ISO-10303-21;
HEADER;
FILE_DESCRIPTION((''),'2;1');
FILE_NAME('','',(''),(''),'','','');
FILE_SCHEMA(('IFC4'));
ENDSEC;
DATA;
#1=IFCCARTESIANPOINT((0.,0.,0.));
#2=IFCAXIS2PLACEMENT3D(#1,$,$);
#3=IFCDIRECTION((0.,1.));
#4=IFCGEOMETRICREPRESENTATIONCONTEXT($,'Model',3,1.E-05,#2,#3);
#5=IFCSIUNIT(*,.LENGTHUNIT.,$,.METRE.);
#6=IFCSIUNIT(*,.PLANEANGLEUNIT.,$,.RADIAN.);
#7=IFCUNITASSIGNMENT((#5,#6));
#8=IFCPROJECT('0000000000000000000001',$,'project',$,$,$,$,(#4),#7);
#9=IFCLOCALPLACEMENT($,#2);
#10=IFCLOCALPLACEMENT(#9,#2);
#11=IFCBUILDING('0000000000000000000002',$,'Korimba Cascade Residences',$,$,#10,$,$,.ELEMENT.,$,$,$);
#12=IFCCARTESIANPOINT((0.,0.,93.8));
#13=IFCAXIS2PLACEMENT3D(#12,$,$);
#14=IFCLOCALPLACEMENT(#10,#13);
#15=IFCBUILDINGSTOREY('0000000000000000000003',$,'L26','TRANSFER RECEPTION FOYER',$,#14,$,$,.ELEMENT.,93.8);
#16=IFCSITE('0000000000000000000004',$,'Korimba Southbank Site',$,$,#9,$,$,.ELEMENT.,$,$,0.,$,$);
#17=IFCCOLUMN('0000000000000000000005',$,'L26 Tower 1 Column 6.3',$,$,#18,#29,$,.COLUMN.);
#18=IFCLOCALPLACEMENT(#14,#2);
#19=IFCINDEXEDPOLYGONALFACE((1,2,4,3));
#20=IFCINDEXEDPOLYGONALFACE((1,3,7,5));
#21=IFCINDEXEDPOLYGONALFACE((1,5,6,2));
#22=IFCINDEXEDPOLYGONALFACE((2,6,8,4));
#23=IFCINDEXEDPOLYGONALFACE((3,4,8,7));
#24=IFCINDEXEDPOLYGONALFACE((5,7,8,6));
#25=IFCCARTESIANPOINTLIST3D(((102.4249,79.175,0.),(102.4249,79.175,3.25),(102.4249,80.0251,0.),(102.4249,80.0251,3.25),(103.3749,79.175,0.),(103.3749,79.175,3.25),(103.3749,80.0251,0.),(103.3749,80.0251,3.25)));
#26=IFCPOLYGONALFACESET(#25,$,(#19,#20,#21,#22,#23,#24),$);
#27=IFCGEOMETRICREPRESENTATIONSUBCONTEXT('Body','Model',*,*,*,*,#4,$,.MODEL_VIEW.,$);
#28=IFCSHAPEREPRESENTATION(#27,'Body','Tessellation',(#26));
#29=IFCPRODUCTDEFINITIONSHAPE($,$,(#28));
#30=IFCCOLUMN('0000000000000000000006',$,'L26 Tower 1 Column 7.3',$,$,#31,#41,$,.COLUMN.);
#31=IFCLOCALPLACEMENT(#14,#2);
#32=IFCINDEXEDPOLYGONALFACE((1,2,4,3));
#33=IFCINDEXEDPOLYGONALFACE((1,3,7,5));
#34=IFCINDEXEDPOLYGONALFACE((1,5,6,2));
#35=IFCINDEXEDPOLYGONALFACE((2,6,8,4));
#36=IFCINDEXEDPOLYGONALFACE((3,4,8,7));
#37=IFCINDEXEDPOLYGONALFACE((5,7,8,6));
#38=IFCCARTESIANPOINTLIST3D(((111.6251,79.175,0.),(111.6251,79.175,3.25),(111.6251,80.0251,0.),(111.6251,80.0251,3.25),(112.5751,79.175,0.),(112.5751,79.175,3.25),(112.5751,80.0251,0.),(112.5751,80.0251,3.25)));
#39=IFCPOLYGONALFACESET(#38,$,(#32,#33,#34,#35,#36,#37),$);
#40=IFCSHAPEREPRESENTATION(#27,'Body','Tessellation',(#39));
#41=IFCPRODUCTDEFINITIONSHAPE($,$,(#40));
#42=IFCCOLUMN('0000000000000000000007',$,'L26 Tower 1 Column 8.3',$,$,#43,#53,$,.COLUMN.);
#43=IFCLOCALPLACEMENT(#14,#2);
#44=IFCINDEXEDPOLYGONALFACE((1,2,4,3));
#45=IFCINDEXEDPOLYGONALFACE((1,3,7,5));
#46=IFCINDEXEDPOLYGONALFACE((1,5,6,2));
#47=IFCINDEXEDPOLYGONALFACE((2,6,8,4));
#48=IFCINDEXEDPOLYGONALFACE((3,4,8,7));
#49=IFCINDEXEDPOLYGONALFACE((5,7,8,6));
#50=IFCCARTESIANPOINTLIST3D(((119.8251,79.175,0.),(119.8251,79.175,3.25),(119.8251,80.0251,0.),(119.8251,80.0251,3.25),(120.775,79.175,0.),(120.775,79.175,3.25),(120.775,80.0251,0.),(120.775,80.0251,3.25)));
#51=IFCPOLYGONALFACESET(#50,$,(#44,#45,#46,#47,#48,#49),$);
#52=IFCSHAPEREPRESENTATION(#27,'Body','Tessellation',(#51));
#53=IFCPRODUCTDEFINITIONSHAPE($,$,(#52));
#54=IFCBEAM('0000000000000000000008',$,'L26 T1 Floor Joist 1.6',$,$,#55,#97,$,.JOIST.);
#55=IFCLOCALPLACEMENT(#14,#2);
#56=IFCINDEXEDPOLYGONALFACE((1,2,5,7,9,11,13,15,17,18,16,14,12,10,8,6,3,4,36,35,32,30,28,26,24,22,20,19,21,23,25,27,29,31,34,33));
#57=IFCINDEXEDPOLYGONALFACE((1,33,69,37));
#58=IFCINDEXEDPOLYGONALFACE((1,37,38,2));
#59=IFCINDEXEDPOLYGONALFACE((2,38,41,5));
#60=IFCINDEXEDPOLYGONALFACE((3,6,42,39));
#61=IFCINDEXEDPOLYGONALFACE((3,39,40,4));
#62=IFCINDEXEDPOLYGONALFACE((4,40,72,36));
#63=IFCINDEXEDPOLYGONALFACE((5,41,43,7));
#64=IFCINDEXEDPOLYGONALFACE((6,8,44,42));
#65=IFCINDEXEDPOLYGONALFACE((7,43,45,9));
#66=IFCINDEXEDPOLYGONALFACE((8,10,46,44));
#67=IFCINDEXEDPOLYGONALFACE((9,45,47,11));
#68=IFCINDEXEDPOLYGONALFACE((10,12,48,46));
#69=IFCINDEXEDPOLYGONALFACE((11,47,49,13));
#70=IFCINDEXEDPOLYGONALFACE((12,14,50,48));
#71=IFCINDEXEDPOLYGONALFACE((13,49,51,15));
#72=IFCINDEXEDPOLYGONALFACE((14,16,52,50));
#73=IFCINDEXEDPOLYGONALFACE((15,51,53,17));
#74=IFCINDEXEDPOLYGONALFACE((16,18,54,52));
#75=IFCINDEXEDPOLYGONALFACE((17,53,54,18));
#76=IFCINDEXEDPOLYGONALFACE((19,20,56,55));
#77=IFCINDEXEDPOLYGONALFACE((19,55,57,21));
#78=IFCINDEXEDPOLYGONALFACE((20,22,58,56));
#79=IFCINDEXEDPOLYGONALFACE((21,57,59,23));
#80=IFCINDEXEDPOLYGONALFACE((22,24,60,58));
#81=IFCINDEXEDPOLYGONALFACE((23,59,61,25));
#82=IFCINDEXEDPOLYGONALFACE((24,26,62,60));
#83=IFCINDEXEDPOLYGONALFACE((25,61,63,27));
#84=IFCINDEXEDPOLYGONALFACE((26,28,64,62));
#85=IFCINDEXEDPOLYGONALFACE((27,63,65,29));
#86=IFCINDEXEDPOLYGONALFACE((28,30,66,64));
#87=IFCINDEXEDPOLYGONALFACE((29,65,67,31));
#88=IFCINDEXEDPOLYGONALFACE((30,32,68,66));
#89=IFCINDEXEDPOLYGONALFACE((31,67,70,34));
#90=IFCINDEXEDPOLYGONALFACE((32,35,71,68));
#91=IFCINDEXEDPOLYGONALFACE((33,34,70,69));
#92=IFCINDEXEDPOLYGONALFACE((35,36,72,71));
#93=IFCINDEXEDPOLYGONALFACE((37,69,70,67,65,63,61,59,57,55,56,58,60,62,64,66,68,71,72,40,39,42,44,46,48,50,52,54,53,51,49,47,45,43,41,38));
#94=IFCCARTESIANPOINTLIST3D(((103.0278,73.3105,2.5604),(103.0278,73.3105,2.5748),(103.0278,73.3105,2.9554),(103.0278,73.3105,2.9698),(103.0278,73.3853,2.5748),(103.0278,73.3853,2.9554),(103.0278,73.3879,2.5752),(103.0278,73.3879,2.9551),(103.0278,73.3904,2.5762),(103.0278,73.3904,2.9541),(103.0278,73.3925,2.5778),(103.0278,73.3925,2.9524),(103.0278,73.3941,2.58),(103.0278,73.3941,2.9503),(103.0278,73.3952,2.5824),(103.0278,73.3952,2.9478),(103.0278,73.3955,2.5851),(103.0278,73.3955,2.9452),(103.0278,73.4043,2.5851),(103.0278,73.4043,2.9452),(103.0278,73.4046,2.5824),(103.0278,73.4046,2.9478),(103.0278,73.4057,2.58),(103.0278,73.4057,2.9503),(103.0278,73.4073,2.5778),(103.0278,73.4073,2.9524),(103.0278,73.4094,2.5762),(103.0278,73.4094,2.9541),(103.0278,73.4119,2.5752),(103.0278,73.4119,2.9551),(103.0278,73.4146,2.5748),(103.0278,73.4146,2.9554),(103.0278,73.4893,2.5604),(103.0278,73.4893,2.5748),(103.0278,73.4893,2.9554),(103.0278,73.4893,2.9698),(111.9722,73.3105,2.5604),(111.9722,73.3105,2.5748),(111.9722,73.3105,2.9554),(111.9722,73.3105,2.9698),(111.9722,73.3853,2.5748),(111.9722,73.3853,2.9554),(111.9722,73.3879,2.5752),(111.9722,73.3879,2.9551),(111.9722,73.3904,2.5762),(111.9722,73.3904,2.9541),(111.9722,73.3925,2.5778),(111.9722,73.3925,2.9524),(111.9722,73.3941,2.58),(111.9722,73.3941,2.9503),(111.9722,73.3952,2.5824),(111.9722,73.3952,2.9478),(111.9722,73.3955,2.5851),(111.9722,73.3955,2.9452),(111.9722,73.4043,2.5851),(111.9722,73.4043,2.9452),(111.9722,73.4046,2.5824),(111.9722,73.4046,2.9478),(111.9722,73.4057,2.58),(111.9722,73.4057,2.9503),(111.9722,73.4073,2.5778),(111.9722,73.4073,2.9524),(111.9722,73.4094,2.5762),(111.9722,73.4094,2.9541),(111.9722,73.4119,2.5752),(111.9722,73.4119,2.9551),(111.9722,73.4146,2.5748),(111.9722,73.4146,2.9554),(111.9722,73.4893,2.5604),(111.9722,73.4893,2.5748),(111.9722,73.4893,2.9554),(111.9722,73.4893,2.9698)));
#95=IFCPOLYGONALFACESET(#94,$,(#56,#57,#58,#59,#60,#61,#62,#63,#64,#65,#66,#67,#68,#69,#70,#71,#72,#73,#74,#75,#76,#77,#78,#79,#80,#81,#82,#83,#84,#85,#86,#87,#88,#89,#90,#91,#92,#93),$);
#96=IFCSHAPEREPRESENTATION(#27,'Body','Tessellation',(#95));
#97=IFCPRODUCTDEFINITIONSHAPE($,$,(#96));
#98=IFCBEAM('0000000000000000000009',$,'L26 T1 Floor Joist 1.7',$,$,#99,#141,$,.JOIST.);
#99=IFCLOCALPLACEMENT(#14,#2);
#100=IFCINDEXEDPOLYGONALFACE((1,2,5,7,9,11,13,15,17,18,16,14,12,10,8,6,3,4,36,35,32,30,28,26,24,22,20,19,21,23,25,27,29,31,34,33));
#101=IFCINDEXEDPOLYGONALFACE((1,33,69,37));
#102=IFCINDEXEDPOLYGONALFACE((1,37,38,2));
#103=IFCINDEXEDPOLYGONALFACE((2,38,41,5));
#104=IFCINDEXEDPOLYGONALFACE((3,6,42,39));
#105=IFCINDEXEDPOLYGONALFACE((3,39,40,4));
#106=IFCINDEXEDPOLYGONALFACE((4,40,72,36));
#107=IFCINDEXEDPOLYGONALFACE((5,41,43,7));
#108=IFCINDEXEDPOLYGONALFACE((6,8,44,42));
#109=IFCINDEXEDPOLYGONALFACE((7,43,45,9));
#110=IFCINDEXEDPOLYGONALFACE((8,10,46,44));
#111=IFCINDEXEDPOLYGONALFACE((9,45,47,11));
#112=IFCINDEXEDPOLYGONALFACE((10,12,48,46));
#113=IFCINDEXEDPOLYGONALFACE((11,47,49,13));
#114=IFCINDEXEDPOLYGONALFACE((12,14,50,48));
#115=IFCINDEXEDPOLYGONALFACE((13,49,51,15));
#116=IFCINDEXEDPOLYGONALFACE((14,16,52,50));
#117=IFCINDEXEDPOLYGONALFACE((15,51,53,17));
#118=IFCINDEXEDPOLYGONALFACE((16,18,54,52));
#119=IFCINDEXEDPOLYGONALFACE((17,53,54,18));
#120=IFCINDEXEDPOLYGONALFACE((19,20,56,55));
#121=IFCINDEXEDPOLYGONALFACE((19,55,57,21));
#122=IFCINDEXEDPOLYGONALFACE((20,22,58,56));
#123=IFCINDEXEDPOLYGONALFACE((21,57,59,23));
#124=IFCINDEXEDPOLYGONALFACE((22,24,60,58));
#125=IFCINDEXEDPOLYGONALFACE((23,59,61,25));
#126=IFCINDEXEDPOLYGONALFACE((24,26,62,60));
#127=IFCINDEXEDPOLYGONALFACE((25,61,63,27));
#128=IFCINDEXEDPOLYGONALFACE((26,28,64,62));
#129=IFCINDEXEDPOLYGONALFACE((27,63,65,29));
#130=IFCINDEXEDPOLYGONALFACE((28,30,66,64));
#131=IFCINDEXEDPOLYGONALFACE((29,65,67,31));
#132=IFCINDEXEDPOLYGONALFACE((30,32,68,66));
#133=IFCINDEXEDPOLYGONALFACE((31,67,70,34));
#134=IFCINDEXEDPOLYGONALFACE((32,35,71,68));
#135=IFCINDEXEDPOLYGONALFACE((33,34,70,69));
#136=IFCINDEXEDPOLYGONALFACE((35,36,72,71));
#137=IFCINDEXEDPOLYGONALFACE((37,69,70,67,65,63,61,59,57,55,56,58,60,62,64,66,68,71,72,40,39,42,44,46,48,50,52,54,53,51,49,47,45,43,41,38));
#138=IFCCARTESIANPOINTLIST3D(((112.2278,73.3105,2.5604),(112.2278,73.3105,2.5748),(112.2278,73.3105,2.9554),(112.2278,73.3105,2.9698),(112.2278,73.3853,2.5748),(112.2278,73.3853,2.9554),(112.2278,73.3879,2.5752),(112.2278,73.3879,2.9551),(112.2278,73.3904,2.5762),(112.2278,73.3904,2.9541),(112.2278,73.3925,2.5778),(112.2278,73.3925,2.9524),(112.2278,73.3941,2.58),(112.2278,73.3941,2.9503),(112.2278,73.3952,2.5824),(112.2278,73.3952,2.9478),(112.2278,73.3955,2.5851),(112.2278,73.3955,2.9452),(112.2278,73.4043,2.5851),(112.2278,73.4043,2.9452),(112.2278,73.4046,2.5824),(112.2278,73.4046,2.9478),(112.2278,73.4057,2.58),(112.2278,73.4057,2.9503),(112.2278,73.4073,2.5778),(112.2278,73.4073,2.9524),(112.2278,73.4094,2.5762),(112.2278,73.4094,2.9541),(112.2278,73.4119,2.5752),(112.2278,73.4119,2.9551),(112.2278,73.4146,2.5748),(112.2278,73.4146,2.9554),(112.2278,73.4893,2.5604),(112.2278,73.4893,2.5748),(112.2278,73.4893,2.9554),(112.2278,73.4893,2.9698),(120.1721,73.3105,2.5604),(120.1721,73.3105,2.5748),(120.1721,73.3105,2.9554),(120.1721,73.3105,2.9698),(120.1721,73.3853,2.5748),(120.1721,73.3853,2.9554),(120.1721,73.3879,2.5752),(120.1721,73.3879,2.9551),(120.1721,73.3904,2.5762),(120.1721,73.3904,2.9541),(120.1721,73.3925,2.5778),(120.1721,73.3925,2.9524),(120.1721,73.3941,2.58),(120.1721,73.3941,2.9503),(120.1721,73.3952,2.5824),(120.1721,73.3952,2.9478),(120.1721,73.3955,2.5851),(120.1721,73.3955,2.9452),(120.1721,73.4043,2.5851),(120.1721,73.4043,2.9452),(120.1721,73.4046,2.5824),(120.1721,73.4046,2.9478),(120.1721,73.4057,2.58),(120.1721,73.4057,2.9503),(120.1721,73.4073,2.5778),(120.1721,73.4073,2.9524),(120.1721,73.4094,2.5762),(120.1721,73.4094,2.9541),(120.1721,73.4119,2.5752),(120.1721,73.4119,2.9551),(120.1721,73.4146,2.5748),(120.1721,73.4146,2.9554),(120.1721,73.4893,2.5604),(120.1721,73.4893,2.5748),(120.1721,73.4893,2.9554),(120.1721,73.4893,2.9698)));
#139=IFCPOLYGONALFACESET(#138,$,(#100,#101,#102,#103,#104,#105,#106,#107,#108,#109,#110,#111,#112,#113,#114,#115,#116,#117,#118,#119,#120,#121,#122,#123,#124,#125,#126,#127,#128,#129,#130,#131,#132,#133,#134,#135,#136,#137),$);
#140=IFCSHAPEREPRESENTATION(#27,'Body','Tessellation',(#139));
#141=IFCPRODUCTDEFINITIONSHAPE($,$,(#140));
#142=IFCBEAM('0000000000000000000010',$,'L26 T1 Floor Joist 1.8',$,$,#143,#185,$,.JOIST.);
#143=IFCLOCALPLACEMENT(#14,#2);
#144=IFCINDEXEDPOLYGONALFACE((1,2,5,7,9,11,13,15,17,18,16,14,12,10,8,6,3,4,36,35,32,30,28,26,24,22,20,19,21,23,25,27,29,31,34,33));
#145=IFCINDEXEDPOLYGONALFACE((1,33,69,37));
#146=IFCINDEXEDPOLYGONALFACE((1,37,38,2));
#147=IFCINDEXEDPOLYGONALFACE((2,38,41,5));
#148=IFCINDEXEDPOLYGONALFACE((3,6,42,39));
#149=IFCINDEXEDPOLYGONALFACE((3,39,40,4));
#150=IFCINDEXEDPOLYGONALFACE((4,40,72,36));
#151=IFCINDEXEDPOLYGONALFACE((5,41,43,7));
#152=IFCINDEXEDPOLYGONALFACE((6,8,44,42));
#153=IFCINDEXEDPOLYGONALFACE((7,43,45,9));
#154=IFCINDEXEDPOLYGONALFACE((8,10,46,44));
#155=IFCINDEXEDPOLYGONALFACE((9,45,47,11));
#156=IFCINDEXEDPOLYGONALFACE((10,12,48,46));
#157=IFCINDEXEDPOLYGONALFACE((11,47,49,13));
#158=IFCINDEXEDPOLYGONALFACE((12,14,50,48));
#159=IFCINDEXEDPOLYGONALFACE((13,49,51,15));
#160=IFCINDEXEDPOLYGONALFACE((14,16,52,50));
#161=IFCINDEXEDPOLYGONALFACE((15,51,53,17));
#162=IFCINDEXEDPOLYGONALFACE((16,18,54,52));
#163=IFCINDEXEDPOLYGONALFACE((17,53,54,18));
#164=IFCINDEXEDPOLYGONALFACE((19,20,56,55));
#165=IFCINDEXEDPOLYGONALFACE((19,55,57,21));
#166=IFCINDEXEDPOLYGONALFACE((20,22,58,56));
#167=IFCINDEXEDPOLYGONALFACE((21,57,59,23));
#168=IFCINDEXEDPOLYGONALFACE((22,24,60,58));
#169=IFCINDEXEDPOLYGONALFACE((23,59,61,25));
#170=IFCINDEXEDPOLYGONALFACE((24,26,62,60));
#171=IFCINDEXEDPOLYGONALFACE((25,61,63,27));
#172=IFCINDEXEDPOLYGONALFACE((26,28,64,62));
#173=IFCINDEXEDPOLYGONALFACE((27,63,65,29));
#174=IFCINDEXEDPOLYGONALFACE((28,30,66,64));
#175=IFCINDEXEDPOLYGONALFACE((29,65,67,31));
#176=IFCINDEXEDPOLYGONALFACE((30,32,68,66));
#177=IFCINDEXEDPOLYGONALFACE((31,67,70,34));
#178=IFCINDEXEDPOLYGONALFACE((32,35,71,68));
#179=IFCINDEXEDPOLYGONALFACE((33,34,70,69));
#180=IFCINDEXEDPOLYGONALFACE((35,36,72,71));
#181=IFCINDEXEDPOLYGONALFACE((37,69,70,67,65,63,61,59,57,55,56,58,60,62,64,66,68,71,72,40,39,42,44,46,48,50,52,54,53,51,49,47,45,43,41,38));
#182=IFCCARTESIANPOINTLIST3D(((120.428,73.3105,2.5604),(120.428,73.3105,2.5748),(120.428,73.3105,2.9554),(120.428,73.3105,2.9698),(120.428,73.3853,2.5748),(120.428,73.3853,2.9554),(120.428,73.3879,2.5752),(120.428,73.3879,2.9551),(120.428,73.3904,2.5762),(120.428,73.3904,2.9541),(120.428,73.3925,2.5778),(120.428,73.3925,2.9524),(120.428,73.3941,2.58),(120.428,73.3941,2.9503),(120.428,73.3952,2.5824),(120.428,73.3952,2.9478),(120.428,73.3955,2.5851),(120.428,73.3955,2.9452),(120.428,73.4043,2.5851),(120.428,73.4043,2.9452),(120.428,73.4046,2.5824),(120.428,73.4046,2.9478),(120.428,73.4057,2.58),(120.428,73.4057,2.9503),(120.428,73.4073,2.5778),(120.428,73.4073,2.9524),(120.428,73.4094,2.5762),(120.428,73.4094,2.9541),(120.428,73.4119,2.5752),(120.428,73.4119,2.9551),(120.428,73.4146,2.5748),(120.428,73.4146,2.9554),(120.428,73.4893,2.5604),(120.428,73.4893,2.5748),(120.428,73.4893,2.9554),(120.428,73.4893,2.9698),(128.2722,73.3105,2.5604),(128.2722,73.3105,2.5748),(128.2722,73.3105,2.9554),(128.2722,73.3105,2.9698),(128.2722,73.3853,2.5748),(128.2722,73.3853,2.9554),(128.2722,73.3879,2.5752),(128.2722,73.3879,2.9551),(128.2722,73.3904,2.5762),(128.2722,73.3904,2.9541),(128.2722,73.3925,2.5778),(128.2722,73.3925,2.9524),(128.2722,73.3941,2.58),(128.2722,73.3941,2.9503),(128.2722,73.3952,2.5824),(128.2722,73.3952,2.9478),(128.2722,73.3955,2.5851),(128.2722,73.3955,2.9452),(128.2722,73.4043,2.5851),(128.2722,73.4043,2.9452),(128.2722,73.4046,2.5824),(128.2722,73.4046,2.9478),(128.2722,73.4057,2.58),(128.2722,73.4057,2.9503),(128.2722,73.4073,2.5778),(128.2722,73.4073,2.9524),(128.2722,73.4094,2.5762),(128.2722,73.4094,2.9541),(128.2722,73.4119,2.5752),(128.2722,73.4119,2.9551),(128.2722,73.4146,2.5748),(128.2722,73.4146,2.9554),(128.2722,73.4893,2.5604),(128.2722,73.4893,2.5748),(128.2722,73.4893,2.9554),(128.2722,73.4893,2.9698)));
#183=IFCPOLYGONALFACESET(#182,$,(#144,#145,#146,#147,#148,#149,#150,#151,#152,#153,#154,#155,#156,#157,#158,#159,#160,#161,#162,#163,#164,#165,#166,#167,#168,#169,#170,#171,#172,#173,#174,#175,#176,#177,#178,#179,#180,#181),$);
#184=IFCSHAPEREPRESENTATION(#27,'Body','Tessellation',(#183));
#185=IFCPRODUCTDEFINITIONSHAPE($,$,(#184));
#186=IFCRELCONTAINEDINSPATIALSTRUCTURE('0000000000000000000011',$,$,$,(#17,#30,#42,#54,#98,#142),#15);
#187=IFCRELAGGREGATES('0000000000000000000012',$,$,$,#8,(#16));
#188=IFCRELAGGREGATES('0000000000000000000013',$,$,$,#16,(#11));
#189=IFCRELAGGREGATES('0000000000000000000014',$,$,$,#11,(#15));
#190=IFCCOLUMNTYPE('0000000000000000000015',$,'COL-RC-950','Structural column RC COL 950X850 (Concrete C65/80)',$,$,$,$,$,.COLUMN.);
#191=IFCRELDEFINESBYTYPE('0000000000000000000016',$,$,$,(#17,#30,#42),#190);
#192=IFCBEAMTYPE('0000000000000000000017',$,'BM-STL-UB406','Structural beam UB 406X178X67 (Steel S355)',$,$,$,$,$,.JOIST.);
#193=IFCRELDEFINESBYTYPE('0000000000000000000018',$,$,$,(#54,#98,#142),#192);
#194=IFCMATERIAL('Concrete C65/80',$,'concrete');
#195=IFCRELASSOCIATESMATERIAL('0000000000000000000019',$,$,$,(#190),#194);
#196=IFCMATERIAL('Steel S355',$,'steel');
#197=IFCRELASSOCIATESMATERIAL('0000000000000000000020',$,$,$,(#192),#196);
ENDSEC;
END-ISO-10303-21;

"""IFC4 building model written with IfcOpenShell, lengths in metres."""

from ifc_helpers import new_model, si_unit, direction, frame, origin, origin_2d, place, context, subcontext, project, spatial, rectangle, i_section, extrude, material, material_profile, profile_set, type_object, element, save


model = new_model("IFC4")

# Units and contexts
model_context = context("Model", 3, precision=1e-05, world=origin(), true_north=direction((0.0, 1.0)))
body_context = subcontext(model_context, "Body", "Model", "MODEL_VIEW")
ifc_project = project(units=[si_unit("LENGTHUNIT", "METRE"), si_unit("PLANEANGLEUNIT", "RADIAN")], contexts=[model_context])

# Site, building, storey
site_placement = place(None, origin())
site = spatial("IfcSite", under=ifc_project, at=site_placement, Name="Korimba Southbank Site", CompositionType="ELEMENT", RefElevation=0.0)
building_placement = place(site_placement, origin())
building = spatial("IfcBuilding", under=site, at=building_placement, Name="Korimba Cascade Residences", CompositionType="ELEMENT")
storey_placement = place(building_placement, frame((0.0, 0.0, 93.8)))
storey = spatial("IfcBuildingStorey", under=building, at=storey_placement, Name="L26", Description="TRANSFER RECEPTION FOYER", CompositionType="ELEMENT", Elevation=93.8)

# Columns
ifc_material_1 = material(Name="Concrete C65/80", Category="concrete")
ifc_material_profile_1 = material_profile(ifc_material_1, rectangle(XDim=0.95, YDim=0.8501, at=origin_2d()), Name="Concrete C65/80")
ifc_profile_set_1 = profile_set([ifc_material_profile_1], Name="Concrete C65/80")
column_type = type_object("IfcColumnType", Name="COL-RC-950", Description="Structural column RC COL 950X850 (Concrete C65/80)", PredefinedType="COLUMN", material=ifc_profile_set_1)
for number, where, z_axis, x_axis, name in (
    (1, (102.8999, 79.6001, 0.0), (0.0, 0.0, 1.0), (1.0, 0.0, 0.0), "L26 Tower 1 Column 6.3"),
    (2, (112.1001, 79.6001, 0.0), (0.0, 0.0, 1.0), (1.0, 0.0, 0.0), "L26 Tower 1 Column 7.3"),
    (3, (120.3, 79.6001, 0.0), (0.0, 0.0, 1.0), (1.0, 0.0, 0.0), "L26 Tower 1 Column 8.3"),
):
    element("IfcColumn", number, at=place(storey_placement, frame(where, z_axis=z_axis, x_axis=x_axis)), inside=storey, type_object=column_type, Name=name, PredefinedType="COLUMN", context=body_context, shape_type="SweptSolid", body=[
        extrude(rectangle(XDim=0.95, YDim=0.8501, at=origin_2d()), origin(), (0.0, 0.0, 1.0), 3.25),
    ])

# Beams
ifc_material_2 = material(Name="Steel S355", Category="steel")
ifc_material_profile_2 = material_profile(ifc_material_2, i_section(OverallWidth=0.1787, OverallDepth=0.4094, WebThickness=0.0088, FlangeThickness=0.0144, FilletRadius=0.0103, at=origin_2d()), Name="Steel S355")
ifc_profile_set_2 = profile_set([ifc_material_profile_2], Name="Steel S355")
beam_type_1 = type_object("IfcBeamType", Name="BM-STL-UB406", Description="Structural beam UB 406X178X67 (Steel S355)", PredefinedType="JOIST", material=ifc_profile_set_2)
beam_1_placement = place(storey_placement, frame((103.0278, 73.3999, 2.7651), z_axis=(1.0, 0.0, 0.0), x_axis=(0.0, 1.0, 0.0)))
element("IfcBeam", 4, at=beam_1_placement, inside=storey, type_object=beam_type_1, Name="L26 T1 Floor Joist 1.6", PredefinedType="JOIST", context=body_context, shape_type="SweptSolid", body=[
    extrude(i_section(OverallWidth=0.1787, OverallDepth=0.4094, WebThickness=0.0088, FlangeThickness=0.0144, FilletRadius=0.0103, at=origin_2d()), origin(), (0.0, 0.0, 1.0), 8.9443),
])
beam_2_placement = place(storey_placement, frame((112.2278, 73.3999, 2.7651), z_axis=(1.0, 0.0, 0.0), x_axis=(0.0, 1.0, 0.0)))
element("IfcBeam", 5, at=beam_2_placement, inside=storey, type_object=beam_type_1, Name="L26 T1 Floor Joist 1.7", PredefinedType="JOIST", context=body_context, shape_type="SweptSolid", body=[
    extrude(i_section(OverallWidth=0.1787, OverallDepth=0.4094, WebThickness=0.0088, FlangeThickness=0.0144, FilletRadius=0.0103, at=origin_2d()), origin(), (0.0, 0.0, 1.0), 7.9443),
])
beam_3_placement = place(storey_placement, frame((120.428, 73.3999, 2.7651), z_axis=(1.0, 0.0, 0.0), x_axis=(0.0, 1.0, 0.0)))
element("IfcBeam", 6, at=beam_3_placement, inside=storey, type_object=beam_type_1, Name="L26 T1 Floor Joist 1.8", PredefinedType="JOIST", context=body_context, shape_type="SweptSolid", body=[
    extrude(i_section(OverallWidth=0.1787, OverallDepth=0.4094, WebThickness=0.0088, FlangeThickness=0.0144, FilletRadius=0.0103, at=origin_2d()), origin(), (0.0, 0.0, 1.0), 7.8442),
])

save(model, "model.ifc")
